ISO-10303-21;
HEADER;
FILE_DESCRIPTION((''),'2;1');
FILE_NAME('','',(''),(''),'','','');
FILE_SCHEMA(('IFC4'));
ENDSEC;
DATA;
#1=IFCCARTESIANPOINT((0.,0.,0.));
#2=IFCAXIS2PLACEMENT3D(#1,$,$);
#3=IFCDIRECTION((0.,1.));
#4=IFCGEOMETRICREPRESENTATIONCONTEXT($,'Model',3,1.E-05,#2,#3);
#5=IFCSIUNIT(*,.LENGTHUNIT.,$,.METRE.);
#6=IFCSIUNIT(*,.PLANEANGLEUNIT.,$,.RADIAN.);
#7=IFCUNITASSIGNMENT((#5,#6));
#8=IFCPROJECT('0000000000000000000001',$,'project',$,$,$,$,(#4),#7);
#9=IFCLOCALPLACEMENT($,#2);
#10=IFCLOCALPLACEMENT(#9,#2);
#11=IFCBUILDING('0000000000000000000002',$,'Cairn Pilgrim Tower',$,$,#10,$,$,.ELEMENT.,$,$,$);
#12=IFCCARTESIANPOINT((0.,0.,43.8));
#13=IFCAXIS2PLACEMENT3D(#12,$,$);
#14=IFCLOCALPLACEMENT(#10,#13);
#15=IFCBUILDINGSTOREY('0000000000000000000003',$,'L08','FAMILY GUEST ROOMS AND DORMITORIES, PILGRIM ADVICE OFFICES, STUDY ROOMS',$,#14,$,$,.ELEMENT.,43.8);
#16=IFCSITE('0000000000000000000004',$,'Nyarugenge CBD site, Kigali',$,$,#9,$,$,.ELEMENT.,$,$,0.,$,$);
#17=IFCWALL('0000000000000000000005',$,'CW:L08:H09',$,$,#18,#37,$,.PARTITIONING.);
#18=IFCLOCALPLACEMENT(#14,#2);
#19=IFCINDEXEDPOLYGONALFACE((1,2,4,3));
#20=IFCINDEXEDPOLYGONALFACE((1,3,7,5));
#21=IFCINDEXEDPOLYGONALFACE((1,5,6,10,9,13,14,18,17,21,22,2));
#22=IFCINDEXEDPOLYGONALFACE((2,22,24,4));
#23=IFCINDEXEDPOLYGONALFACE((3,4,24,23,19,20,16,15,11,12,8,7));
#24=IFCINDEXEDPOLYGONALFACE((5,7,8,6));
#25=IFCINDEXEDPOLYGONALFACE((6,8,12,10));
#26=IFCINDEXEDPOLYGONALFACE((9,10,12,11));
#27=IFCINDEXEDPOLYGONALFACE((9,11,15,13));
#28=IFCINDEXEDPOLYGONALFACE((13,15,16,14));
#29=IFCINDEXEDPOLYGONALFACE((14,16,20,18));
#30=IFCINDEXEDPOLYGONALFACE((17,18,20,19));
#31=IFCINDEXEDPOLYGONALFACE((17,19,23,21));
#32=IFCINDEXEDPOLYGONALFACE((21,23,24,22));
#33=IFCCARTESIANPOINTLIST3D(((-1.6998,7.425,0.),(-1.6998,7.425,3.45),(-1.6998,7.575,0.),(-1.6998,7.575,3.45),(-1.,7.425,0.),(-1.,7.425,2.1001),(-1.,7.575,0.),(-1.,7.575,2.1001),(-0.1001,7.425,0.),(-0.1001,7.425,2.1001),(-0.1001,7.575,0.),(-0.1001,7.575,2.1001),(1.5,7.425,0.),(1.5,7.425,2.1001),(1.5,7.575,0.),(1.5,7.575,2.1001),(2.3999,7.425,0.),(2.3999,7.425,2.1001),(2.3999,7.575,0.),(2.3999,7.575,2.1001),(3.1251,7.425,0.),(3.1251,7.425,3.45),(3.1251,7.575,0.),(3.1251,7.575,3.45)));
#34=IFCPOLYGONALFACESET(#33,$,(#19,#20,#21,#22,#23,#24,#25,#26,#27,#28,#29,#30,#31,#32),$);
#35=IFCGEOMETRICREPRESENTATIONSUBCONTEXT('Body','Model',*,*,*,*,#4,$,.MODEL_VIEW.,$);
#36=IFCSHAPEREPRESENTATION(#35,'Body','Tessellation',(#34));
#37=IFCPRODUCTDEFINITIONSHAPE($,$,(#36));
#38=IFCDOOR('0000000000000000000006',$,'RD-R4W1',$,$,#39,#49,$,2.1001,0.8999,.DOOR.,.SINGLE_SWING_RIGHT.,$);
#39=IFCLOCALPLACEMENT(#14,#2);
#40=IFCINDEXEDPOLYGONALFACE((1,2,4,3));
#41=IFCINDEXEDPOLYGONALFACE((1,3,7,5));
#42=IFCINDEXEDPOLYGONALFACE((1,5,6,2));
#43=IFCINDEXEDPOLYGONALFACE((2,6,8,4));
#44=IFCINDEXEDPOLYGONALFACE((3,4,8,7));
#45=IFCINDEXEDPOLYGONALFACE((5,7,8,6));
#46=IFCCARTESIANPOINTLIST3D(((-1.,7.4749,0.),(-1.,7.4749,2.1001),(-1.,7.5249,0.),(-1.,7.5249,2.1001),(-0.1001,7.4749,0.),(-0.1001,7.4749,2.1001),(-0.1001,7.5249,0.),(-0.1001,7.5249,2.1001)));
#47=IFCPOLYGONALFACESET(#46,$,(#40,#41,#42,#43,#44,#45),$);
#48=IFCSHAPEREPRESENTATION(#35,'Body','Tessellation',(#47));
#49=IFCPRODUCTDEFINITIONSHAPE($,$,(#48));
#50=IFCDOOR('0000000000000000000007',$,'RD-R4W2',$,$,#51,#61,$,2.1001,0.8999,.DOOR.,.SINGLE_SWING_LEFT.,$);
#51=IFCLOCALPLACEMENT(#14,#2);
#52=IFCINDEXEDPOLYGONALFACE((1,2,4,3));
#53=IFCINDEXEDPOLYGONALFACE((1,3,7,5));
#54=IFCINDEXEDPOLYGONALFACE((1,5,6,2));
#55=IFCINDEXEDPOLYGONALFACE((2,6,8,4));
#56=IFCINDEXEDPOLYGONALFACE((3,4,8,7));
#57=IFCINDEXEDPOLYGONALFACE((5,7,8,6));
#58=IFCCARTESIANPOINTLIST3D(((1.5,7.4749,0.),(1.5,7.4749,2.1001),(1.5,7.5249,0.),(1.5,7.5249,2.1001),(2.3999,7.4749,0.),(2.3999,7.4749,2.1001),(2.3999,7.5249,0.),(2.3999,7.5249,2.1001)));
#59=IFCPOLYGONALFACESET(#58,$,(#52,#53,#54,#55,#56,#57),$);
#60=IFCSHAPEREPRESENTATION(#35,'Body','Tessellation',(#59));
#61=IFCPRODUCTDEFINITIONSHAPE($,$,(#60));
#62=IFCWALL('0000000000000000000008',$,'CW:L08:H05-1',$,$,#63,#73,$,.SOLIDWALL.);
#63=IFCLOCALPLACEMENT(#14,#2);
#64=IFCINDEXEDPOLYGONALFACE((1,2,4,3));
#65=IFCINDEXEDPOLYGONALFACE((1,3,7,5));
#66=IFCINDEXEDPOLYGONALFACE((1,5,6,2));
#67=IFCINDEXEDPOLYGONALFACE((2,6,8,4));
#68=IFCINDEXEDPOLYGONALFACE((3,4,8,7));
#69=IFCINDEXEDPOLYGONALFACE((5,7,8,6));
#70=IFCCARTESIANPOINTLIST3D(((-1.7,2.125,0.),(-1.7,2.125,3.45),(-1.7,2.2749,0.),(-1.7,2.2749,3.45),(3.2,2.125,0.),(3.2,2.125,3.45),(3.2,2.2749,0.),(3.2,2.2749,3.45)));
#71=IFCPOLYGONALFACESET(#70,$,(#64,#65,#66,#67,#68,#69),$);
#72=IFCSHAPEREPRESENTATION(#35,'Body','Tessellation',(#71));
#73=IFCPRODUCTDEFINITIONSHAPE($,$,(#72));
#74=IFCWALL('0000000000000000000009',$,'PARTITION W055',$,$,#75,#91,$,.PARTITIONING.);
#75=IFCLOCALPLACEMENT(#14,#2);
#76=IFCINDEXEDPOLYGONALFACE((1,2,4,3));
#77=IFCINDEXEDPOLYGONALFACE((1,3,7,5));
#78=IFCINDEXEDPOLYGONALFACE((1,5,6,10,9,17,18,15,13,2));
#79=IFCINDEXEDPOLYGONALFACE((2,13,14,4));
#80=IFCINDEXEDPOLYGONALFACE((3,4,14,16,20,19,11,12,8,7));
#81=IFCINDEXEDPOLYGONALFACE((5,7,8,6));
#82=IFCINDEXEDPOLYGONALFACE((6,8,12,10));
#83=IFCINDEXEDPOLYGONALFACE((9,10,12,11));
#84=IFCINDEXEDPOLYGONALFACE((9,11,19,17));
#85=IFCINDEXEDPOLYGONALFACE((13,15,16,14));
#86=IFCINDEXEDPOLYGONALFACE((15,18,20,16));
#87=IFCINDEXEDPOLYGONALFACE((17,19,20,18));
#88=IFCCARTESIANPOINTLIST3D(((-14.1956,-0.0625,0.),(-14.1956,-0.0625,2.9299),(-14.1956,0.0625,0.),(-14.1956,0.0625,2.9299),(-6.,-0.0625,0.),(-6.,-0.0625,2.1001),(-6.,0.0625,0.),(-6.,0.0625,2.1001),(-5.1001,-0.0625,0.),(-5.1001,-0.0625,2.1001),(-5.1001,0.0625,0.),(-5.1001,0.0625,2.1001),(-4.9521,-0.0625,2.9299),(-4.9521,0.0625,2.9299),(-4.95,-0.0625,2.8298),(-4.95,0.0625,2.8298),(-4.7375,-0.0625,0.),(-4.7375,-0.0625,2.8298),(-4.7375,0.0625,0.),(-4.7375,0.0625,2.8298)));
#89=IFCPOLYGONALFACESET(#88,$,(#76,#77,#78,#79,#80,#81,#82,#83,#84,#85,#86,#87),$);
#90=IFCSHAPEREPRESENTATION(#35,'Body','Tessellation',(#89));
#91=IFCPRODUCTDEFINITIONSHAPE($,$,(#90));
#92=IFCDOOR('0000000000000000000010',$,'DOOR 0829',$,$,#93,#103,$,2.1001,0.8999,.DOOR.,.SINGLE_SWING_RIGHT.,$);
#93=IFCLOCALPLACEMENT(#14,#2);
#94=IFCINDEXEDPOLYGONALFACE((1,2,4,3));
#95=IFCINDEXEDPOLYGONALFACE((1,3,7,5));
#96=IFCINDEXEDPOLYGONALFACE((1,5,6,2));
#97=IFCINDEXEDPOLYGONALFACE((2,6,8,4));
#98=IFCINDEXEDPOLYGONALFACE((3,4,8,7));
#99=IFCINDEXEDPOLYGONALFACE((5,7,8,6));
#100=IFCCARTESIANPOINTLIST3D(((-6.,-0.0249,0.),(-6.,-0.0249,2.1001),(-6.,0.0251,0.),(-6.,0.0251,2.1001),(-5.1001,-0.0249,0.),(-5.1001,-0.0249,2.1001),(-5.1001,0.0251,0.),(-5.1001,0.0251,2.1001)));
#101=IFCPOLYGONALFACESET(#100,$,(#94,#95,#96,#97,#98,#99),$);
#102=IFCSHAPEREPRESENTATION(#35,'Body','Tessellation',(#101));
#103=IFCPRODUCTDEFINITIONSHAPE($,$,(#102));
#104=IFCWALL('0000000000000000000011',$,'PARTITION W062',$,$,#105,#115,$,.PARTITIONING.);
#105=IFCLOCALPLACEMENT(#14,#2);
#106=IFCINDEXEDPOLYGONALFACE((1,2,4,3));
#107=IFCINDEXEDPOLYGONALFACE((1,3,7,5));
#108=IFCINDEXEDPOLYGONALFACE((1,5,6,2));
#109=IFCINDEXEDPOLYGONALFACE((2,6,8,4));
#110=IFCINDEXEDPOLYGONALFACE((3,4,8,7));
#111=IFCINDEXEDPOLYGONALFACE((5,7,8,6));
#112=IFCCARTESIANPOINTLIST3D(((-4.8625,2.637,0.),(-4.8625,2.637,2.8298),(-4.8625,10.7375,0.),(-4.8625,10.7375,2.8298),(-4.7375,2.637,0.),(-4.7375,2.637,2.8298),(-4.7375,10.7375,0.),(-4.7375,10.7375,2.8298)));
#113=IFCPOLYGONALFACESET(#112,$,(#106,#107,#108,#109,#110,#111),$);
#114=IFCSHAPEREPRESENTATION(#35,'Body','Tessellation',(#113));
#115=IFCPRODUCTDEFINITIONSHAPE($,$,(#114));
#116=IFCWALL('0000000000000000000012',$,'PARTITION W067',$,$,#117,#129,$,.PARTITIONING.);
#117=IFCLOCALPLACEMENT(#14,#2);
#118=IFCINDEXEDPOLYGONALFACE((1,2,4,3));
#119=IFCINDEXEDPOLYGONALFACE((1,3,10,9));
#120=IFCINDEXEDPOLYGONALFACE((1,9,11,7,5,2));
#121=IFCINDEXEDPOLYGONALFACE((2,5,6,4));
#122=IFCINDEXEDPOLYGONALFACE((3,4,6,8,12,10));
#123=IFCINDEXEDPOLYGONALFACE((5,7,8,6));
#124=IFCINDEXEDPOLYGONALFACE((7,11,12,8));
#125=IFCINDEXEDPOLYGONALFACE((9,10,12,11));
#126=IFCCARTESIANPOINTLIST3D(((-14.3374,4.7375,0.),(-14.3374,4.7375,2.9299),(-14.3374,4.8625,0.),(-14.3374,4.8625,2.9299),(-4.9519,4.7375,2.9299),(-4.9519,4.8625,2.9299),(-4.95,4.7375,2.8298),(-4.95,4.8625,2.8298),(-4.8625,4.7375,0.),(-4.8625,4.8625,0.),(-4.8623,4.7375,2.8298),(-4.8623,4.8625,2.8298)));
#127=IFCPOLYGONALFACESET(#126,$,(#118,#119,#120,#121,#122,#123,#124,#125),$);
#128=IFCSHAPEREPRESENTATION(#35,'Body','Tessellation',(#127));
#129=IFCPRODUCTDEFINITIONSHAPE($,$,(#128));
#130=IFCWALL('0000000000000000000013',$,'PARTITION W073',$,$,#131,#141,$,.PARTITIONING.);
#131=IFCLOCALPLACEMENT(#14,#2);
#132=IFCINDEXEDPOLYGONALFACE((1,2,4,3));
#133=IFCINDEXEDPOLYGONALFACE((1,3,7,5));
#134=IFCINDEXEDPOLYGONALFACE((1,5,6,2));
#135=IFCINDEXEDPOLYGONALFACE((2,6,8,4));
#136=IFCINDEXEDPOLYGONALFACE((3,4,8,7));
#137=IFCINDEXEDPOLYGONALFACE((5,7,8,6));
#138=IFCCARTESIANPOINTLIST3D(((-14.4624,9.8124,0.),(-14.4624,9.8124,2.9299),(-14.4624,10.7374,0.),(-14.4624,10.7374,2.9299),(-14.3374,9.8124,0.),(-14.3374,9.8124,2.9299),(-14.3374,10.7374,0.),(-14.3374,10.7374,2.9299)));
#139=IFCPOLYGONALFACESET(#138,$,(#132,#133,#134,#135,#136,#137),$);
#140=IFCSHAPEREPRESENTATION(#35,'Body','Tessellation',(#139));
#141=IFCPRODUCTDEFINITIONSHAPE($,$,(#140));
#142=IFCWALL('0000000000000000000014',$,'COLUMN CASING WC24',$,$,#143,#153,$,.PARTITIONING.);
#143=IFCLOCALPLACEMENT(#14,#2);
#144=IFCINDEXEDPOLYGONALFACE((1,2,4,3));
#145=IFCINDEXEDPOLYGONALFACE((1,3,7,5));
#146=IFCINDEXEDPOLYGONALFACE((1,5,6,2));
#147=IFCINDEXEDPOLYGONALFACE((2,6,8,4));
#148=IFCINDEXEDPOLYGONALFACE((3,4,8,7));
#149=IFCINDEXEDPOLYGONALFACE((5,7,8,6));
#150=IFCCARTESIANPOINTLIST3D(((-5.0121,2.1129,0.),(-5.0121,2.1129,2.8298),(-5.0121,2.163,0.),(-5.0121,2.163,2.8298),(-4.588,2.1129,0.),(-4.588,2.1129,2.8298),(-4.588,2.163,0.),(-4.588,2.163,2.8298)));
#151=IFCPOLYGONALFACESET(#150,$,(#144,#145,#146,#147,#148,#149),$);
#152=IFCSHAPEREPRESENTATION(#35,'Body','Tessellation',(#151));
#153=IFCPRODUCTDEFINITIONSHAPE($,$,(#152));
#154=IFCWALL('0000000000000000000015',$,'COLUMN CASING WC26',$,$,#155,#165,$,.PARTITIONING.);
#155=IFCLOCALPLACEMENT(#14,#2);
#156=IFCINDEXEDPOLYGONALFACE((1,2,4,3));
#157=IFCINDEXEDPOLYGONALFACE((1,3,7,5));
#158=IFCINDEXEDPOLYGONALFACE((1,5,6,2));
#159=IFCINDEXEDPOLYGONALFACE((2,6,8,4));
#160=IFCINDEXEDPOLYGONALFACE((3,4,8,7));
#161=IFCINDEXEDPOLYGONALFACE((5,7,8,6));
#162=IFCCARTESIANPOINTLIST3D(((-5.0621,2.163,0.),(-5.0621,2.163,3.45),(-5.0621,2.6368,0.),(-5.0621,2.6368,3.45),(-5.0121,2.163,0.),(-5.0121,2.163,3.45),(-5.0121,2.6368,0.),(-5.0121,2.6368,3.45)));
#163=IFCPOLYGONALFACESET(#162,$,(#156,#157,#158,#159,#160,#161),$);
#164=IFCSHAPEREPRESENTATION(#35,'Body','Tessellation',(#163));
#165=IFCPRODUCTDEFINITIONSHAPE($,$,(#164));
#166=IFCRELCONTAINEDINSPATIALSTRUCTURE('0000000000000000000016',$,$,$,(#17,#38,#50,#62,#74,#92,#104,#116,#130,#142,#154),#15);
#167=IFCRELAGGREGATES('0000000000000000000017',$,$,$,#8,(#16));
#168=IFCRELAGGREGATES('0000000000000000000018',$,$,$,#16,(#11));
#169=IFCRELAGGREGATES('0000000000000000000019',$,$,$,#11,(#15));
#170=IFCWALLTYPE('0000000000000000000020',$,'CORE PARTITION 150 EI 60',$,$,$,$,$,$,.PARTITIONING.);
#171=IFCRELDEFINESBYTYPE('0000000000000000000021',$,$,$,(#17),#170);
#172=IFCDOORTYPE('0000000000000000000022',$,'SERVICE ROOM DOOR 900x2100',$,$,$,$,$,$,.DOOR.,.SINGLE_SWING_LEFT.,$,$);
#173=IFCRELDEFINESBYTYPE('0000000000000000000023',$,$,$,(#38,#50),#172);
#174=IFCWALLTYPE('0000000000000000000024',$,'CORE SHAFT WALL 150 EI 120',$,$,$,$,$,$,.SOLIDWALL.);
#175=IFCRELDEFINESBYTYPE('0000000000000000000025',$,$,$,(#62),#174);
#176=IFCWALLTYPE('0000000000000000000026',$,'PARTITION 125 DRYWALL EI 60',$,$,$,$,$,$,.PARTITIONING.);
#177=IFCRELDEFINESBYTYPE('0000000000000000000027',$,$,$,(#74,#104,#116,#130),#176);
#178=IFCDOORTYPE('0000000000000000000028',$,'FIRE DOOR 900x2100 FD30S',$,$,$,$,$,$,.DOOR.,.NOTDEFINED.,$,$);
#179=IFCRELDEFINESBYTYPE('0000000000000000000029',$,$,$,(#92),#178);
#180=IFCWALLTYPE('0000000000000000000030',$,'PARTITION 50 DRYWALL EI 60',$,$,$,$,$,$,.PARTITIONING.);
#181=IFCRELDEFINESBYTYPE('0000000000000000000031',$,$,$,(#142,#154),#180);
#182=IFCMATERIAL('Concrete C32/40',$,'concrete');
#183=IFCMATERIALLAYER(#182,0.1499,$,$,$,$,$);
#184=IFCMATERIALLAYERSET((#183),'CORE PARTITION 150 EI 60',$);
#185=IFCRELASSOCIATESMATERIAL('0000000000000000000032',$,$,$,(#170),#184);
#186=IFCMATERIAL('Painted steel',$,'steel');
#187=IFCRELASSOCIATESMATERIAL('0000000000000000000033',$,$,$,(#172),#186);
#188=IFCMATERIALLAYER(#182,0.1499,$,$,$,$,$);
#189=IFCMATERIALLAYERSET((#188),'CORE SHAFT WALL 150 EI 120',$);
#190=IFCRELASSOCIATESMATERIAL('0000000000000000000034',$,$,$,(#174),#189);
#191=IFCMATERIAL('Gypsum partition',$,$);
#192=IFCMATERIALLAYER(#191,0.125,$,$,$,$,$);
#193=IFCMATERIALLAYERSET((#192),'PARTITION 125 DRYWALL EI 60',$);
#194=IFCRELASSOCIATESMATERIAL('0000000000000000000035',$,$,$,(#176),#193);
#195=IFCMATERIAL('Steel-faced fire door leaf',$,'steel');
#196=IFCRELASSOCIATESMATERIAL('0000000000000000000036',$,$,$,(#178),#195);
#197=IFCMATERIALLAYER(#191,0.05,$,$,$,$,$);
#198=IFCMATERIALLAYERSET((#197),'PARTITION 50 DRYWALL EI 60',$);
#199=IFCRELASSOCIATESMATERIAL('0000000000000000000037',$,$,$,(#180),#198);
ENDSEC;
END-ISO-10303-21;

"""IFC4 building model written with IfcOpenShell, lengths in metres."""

from ifc_helpers import new_model, si_unit, direction, frame, frame_2d, origin, place, context, subcontext, project, spatial, polyline, rectangle, outline, extrude, material, layer, layer_set, type_object, element, fill, save


model = new_model("IFC4")

# Units and contexts
model_context = context("Model", 3, precision=1e-05, world=origin(), true_north=direction((0.0, 1.0)))
body_context = subcontext(model_context, "Body", "Model", "MODEL_VIEW")
ifc_project = project(units=[si_unit("LENGTHUNIT", "METRE"), si_unit("PLANEANGLEUNIT", "RADIAN")], contexts=[model_context])

# Site, building, storey
site_placement = place(None, origin())
site = spatial("IfcSite", under=ifc_project, at=site_placement, Name="Nyarugenge CBD site, Kigali", CompositionType="ELEMENT", RefElevation=0.0)
building_placement = place(site_placement, origin())
building = spatial("IfcBuilding", under=site, at=building_placement, Name="Cairn Pilgrim Tower", CompositionType="ELEMENT")
storey_placement = place(building_placement, frame((0.0, 0.0, 43.8)))
storey = spatial("IfcBuildingStorey", under=building, at=storey_placement, Name="L08", Description="FAMILY GUEST ROOMS AND DORMITORIES, PILGRIM ADVICE OFFICES, STUDY ROOMS", CompositionType="ELEMENT", Elevation=43.8)

# Shared definitions
ifc_material_1 = material(Name="Concrete C32/40", Category="concrete")

# Shared definitions
ifc_layer_1 = layer(ifc_material_1, 0.1499)
ifc_layer_set_1 = layer_set([ifc_layer_1], Name="CORE PARTITION 150 EI 60")
wall_type_1 = type_object("IfcWallType", Name="CORE PARTITION 150 EI 60", PredefinedType="PARTITIONING", material=ifc_layer_set_1)
ifc_material_2 = material(Name="Painted steel", Category="steel")
door_type_1 = type_object("IfcDoorType", Name="SERVICE ROOM DOOR 900x2100", OperationType="SINGLE_SWING_LEFT", PredefinedType="DOOR", material=ifc_material_2)

# Wall, openings, doors
wall_1_placement = place(storey_placement, frame((-1.7, 7.5, 0.0), z_axis=(0.0, 0.0, 1.0), x_axis=(1.0, 0.0, 0.0)))
wall_1 = element("IfcWall", 1, at=wall_1_placement, inside=storey, type_object=wall_type_1, Name="CW:L08:H09", PredefinedType="PARTITIONING", context=body_context, shape_type="SweptSolid", body=[
    extrude(rectangle(XDim=4.825, YDim=0.1499, at=frame_2d((2.4126, 0.0))), origin(), (0.0, 0.0, 1.0), 3.45),
])
opening_1_placement = place(wall_1_placement, frame((0.7, 0.0, 0.0)))
opening_1 = element("IfcOpeningElement", 2, at=opening_1_placement, cuts=wall_1, PredefinedType="OPENING", context=body_context, shape_type="SweptSolid", body=[
    extrude(rectangle(XDim=0.8999, YDim=2.1001, at=frame_2d((0.45, 1.05))), frame((0.0, 0.085, 0.0), z_axis=(0.0, -1.0, 0.0), x_axis=(1.0, 0.0, 0.0)), (0.0, 0.0, 1.0), 0.1699),
])
opening_2_placement = place(wall_1_placement, frame((3.2, 0.0, 0.0)))
opening_2 = element("IfcOpeningElement", 3, at=opening_2_placement, cuts=wall_1, PredefinedType="OPENING", context=body_context, shape_type="SweptSolid", body=[
    extrude(rectangle(XDim=0.8999, YDim=2.1001, at=frame_2d((0.45, 1.05))), frame((0.0, 0.085, 0.0), z_axis=(0.0, -1.0, 0.0), x_axis=(1.0, 0.0, 0.0)), (0.0, 0.0, 1.0), 0.1699),
])
door_1_placement = place(opening_1_placement, origin())
door_1 = element("IfcDoor", 4, at=door_1_placement, inside=storey, type_object=door_type_1, Name="RD-R4W1", OperationType="SINGLE_SWING_RIGHT", OverallHeight=2.1001, OverallWidth=0.8999, PredefinedType="DOOR", context=body_context, shape_type="SweptSolid", body=[
    extrude(rectangle(XDim=0.8999, YDim=2.1001, at=frame_2d((0.45, 1.05))), frame((0.0, 0.0249, 0.0), z_axis=(0.0, -1.0, 0.0), x_axis=(1.0, 0.0, 0.0)), (0.0, 0.0, 1.0), 0.05),
])
fill(opening_1, door_1)
door_2_placement = place(opening_2_placement, origin())
door_2 = element("IfcDoor", 5, at=door_2_placement, inside=storey, type_object=door_type_1, Name="RD-R4W2", OperationType="SINGLE_SWING_LEFT", OverallHeight=2.1001, OverallWidth=0.8999, PredefinedType="DOOR", context=body_context, shape_type="SweptSolid", body=[
    extrude(rectangle(XDim=0.8999, YDim=2.1001, at=frame_2d((0.45, 1.05))), frame((0.0, 0.0249, 0.0), z_axis=(0.0, -1.0, 0.0), x_axis=(1.0, 0.0, 0.0)), (0.0, 0.0, 1.0), 0.05),
])
fill(opening_2, door_2)

# Wall
ifc_layer_2 = layer(ifc_material_1, 0.1499)
ifc_layer_set_2 = layer_set([ifc_layer_2], Name="CORE SHAFT WALL 150 EI 120")
wall_type_2 = type_object("IfcWallType", Name="CORE SHAFT WALL 150 EI 120", PredefinedType="SOLIDWALL", material=ifc_layer_set_2)
wall_2_placement = place(storey_placement, frame((-1.7, 2.2, 0.0), z_axis=(0.0, 0.0, 1.0), x_axis=(1.0, 0.0, 0.0)))
element("IfcWall", 6, at=wall_2_placement, inside=storey, type_object=wall_type_2, Name="CW:L08:H05-1", PredefinedType="SOLIDWALL", context=body_context, shape_type="SweptSolid", body=[
    extrude(rectangle(XDim=4.8999, YDim=0.1499, at=frame_2d((2.45, 0.0))), origin(), (0.0, 0.0, 1.0), 3.45),
])

# Wall, opening, door
ifc_material_3 = material(Name="Gypsum partition")
ifc_layer_3 = layer(ifc_material_3, 0.125)
ifc_layer_set_3 = layer_set([ifc_layer_3], Name="PARTITION 125 DRYWALL EI 60")
wall_type_3 = type_object("IfcWallType", Name="PARTITION 125 DRYWALL EI 60", PredefinedType="PARTITIONING", material=ifc_layer_set_3)
wall_3_placement = place(storey_placement, frame((-14.1956, 0.0, 0.0), z_axis=(0.0, 0.0, 1.0), x_axis=(1.0, 0.0, 0.0)))
wall_3 = element("IfcWall", 7, at=wall_3_placement, inside=storey, type_object=wall_type_3, Name="PARTITION W055", PredefinedType="PARTITIONING", context=body_context, shape_type="SweptSolid", body=[
    extrude(outline(polyline([(0.0, 0.0), (9.458, 0.0), (9.458, 2.8298), (9.2456, 2.8298), (9.2434, 2.9299), (0.0, 2.9299), (0.0, 0.0)])), frame((0.0, 0.0625, 0.0), z_axis=(0.0, -1.0, 0.0), x_axis=(1.0, 0.0, 0.0)), (0.0, 0.0, 1.0), 0.125),
])
opening_3_placement = place(wall_3_placement, frame((8.1956, 0.0, 0.0)))
opening_3 = element("IfcOpeningElement", 8, at=opening_3_placement, cuts=wall_3, PredefinedType="OPENING", context=body_context, shape_type="SweptSolid", body=[
    extrude(rectangle(XDim=0.8999, YDim=2.1001, at=frame_2d((0.45, 1.05))), frame((0.0, 0.0725, 0.0), z_axis=(0.0, -1.0, 0.0), x_axis=(1.0, 0.0, 0.0)), (0.0, 0.0, 1.0), 0.145),
])
ifc_material_4 = material(Name="Steel-faced fire door leaf", Category="steel")
door_type_2 = type_object("IfcDoorType", Name="FIRE DOOR 900x2100 FD30S", OperationType="NOTDEFINED", PredefinedType="DOOR", material=ifc_material_4)
door_3_placement = place(opening_3_placement, frame((0.8999, 0.0, 0.0), z_axis=(0.0, 0.0, 1.0), x_axis=(-1.0, 0.0, 0.0)))
door_3 = element("IfcDoor", 9, at=door_3_placement, inside=storey, type_object=door_type_2, Name="DOOR 0829", OperationType="SINGLE_SWING_RIGHT", OverallHeight=2.1001, OverallWidth=0.8999, PredefinedType="DOOR", context=body_context, shape_type="SweptSolid", body=[
    extrude(rectangle(XDim=0.8999, YDim=2.1001, at=frame_2d((0.45, 1.05))), frame((0.0, 0.0249, 0.0), z_axis=(0.0, -1.0, 0.0), x_axis=(1.0, 0.0, 0.0)), (0.0, 0.0, 1.0), 0.05),
])
fill(opening_3, door_3)

# Walls
wall_4_placement = place(storey_placement, frame((-4.8, 2.637, 0.0), z_axis=(0.0, 0.0, 1.0), x_axis=(0.0, 1.0, 0.0)))
element("IfcWall", 10, at=wall_4_placement, inside=storey, type_object=wall_type_3, Name="PARTITION W062", PredefinedType="PARTITIONING", context=body_context, shape_type="SweptSolid", body=[
    extrude(rectangle(XDim=8.1006, YDim=0.125, at=frame_2d((4.0503, 0.0))), origin(), (0.0, 0.0, 1.0), 2.8298),
])
wall_5_placement = place(storey_placement, frame((-14.3374, 4.8, 0.0), z_axis=(0.0, 0.0, 1.0), x_axis=(1.0, 0.0, 0.0)))
element("IfcWall", 11, at=wall_5_placement, inside=storey, type_object=wall_type_3, Name="PARTITION W067", PredefinedType="PARTITIONING", context=body_context, shape_type="SweptSolid", body=[
    extrude(outline(polyline([(0.0, 0.0), (9.4749, 0.0), (9.4751, 2.8298), (9.3875, 2.8298), (9.3855, 2.9299), (0.0, 2.9299), (0.0, 0.0)])), frame((0.0, 0.0625, 0.0), z_axis=(0.0, -1.0, 0.0), x_axis=(1.0, 0.0, 0.0)), (0.0, 0.0, 1.0), 0.125),
])
wall_6_placement = place(storey_placement, frame((-14.3999, 9.8125, 0.0), z_axis=(0.0, 0.0, 1.0), x_axis=(0.0, 1.0, 0.0)))
element("IfcWall", 12, at=wall_6_placement, inside=storey, type_object=wall_type_3, Name="PARTITION W073", PredefinedType="PARTITIONING", context=body_context, shape_type="SweptSolid", body=[
    extrude(rectangle(XDim=0.925, YDim=0.125, at=frame_2d((0.4624, 0.0))), origin(), (0.0, 0.0, 1.0), 2.9299),
])
ifc_layer_4 = layer(ifc_material_3, 0.05)
ifc_layer_set_4 = layer_set([ifc_layer_4], Name="PARTITION 50 DRYWALL EI 60")
wall_type_4 = type_object("IfcWallType", Name="PARTITION 50 DRYWALL EI 60", PredefinedType="PARTITIONING", material=ifc_layer_set_4)
wall_7_placement = place(storey_placement, frame((-5.012, 2.1379, 0.0), z_axis=(0.0, 0.0, 1.0), x_axis=(1.0, 0.0, 0.0)))
element("IfcWall", 13, at=wall_7_placement, inside=storey, type_object=wall_type_4, Name="COLUMN CASING WC24", PredefinedType="PARTITIONING", context=body_context, shape_type="SweptSolid", body=[
    extrude(rectangle(XDim=0.4241, YDim=0.05, at=frame_2d((0.2119, 0.0))), origin(), (0.0, 0.0, 1.0), 2.8298),
])
wall_8_placement = place(storey_placement, frame((-5.0371, 2.1631, 0.0), z_axis=(0.0, 0.0, 1.0), x_axis=(0.0, 1.0, 0.0)))
element("IfcWall", 14, at=wall_8_placement, inside=storey, type_object=wall_type_4, Name="COLUMN CASING WC26", PredefinedType="PARTITIONING", context=body_context, shape_type="SweptSolid", body=[
    extrude(rectangle(XDim=0.4739, YDim=0.05, at=frame_2d((0.2368, 0.0))), origin(), (0.0, 0.0, 1.0), 3.45),
])

save(model, "model.ifc")
